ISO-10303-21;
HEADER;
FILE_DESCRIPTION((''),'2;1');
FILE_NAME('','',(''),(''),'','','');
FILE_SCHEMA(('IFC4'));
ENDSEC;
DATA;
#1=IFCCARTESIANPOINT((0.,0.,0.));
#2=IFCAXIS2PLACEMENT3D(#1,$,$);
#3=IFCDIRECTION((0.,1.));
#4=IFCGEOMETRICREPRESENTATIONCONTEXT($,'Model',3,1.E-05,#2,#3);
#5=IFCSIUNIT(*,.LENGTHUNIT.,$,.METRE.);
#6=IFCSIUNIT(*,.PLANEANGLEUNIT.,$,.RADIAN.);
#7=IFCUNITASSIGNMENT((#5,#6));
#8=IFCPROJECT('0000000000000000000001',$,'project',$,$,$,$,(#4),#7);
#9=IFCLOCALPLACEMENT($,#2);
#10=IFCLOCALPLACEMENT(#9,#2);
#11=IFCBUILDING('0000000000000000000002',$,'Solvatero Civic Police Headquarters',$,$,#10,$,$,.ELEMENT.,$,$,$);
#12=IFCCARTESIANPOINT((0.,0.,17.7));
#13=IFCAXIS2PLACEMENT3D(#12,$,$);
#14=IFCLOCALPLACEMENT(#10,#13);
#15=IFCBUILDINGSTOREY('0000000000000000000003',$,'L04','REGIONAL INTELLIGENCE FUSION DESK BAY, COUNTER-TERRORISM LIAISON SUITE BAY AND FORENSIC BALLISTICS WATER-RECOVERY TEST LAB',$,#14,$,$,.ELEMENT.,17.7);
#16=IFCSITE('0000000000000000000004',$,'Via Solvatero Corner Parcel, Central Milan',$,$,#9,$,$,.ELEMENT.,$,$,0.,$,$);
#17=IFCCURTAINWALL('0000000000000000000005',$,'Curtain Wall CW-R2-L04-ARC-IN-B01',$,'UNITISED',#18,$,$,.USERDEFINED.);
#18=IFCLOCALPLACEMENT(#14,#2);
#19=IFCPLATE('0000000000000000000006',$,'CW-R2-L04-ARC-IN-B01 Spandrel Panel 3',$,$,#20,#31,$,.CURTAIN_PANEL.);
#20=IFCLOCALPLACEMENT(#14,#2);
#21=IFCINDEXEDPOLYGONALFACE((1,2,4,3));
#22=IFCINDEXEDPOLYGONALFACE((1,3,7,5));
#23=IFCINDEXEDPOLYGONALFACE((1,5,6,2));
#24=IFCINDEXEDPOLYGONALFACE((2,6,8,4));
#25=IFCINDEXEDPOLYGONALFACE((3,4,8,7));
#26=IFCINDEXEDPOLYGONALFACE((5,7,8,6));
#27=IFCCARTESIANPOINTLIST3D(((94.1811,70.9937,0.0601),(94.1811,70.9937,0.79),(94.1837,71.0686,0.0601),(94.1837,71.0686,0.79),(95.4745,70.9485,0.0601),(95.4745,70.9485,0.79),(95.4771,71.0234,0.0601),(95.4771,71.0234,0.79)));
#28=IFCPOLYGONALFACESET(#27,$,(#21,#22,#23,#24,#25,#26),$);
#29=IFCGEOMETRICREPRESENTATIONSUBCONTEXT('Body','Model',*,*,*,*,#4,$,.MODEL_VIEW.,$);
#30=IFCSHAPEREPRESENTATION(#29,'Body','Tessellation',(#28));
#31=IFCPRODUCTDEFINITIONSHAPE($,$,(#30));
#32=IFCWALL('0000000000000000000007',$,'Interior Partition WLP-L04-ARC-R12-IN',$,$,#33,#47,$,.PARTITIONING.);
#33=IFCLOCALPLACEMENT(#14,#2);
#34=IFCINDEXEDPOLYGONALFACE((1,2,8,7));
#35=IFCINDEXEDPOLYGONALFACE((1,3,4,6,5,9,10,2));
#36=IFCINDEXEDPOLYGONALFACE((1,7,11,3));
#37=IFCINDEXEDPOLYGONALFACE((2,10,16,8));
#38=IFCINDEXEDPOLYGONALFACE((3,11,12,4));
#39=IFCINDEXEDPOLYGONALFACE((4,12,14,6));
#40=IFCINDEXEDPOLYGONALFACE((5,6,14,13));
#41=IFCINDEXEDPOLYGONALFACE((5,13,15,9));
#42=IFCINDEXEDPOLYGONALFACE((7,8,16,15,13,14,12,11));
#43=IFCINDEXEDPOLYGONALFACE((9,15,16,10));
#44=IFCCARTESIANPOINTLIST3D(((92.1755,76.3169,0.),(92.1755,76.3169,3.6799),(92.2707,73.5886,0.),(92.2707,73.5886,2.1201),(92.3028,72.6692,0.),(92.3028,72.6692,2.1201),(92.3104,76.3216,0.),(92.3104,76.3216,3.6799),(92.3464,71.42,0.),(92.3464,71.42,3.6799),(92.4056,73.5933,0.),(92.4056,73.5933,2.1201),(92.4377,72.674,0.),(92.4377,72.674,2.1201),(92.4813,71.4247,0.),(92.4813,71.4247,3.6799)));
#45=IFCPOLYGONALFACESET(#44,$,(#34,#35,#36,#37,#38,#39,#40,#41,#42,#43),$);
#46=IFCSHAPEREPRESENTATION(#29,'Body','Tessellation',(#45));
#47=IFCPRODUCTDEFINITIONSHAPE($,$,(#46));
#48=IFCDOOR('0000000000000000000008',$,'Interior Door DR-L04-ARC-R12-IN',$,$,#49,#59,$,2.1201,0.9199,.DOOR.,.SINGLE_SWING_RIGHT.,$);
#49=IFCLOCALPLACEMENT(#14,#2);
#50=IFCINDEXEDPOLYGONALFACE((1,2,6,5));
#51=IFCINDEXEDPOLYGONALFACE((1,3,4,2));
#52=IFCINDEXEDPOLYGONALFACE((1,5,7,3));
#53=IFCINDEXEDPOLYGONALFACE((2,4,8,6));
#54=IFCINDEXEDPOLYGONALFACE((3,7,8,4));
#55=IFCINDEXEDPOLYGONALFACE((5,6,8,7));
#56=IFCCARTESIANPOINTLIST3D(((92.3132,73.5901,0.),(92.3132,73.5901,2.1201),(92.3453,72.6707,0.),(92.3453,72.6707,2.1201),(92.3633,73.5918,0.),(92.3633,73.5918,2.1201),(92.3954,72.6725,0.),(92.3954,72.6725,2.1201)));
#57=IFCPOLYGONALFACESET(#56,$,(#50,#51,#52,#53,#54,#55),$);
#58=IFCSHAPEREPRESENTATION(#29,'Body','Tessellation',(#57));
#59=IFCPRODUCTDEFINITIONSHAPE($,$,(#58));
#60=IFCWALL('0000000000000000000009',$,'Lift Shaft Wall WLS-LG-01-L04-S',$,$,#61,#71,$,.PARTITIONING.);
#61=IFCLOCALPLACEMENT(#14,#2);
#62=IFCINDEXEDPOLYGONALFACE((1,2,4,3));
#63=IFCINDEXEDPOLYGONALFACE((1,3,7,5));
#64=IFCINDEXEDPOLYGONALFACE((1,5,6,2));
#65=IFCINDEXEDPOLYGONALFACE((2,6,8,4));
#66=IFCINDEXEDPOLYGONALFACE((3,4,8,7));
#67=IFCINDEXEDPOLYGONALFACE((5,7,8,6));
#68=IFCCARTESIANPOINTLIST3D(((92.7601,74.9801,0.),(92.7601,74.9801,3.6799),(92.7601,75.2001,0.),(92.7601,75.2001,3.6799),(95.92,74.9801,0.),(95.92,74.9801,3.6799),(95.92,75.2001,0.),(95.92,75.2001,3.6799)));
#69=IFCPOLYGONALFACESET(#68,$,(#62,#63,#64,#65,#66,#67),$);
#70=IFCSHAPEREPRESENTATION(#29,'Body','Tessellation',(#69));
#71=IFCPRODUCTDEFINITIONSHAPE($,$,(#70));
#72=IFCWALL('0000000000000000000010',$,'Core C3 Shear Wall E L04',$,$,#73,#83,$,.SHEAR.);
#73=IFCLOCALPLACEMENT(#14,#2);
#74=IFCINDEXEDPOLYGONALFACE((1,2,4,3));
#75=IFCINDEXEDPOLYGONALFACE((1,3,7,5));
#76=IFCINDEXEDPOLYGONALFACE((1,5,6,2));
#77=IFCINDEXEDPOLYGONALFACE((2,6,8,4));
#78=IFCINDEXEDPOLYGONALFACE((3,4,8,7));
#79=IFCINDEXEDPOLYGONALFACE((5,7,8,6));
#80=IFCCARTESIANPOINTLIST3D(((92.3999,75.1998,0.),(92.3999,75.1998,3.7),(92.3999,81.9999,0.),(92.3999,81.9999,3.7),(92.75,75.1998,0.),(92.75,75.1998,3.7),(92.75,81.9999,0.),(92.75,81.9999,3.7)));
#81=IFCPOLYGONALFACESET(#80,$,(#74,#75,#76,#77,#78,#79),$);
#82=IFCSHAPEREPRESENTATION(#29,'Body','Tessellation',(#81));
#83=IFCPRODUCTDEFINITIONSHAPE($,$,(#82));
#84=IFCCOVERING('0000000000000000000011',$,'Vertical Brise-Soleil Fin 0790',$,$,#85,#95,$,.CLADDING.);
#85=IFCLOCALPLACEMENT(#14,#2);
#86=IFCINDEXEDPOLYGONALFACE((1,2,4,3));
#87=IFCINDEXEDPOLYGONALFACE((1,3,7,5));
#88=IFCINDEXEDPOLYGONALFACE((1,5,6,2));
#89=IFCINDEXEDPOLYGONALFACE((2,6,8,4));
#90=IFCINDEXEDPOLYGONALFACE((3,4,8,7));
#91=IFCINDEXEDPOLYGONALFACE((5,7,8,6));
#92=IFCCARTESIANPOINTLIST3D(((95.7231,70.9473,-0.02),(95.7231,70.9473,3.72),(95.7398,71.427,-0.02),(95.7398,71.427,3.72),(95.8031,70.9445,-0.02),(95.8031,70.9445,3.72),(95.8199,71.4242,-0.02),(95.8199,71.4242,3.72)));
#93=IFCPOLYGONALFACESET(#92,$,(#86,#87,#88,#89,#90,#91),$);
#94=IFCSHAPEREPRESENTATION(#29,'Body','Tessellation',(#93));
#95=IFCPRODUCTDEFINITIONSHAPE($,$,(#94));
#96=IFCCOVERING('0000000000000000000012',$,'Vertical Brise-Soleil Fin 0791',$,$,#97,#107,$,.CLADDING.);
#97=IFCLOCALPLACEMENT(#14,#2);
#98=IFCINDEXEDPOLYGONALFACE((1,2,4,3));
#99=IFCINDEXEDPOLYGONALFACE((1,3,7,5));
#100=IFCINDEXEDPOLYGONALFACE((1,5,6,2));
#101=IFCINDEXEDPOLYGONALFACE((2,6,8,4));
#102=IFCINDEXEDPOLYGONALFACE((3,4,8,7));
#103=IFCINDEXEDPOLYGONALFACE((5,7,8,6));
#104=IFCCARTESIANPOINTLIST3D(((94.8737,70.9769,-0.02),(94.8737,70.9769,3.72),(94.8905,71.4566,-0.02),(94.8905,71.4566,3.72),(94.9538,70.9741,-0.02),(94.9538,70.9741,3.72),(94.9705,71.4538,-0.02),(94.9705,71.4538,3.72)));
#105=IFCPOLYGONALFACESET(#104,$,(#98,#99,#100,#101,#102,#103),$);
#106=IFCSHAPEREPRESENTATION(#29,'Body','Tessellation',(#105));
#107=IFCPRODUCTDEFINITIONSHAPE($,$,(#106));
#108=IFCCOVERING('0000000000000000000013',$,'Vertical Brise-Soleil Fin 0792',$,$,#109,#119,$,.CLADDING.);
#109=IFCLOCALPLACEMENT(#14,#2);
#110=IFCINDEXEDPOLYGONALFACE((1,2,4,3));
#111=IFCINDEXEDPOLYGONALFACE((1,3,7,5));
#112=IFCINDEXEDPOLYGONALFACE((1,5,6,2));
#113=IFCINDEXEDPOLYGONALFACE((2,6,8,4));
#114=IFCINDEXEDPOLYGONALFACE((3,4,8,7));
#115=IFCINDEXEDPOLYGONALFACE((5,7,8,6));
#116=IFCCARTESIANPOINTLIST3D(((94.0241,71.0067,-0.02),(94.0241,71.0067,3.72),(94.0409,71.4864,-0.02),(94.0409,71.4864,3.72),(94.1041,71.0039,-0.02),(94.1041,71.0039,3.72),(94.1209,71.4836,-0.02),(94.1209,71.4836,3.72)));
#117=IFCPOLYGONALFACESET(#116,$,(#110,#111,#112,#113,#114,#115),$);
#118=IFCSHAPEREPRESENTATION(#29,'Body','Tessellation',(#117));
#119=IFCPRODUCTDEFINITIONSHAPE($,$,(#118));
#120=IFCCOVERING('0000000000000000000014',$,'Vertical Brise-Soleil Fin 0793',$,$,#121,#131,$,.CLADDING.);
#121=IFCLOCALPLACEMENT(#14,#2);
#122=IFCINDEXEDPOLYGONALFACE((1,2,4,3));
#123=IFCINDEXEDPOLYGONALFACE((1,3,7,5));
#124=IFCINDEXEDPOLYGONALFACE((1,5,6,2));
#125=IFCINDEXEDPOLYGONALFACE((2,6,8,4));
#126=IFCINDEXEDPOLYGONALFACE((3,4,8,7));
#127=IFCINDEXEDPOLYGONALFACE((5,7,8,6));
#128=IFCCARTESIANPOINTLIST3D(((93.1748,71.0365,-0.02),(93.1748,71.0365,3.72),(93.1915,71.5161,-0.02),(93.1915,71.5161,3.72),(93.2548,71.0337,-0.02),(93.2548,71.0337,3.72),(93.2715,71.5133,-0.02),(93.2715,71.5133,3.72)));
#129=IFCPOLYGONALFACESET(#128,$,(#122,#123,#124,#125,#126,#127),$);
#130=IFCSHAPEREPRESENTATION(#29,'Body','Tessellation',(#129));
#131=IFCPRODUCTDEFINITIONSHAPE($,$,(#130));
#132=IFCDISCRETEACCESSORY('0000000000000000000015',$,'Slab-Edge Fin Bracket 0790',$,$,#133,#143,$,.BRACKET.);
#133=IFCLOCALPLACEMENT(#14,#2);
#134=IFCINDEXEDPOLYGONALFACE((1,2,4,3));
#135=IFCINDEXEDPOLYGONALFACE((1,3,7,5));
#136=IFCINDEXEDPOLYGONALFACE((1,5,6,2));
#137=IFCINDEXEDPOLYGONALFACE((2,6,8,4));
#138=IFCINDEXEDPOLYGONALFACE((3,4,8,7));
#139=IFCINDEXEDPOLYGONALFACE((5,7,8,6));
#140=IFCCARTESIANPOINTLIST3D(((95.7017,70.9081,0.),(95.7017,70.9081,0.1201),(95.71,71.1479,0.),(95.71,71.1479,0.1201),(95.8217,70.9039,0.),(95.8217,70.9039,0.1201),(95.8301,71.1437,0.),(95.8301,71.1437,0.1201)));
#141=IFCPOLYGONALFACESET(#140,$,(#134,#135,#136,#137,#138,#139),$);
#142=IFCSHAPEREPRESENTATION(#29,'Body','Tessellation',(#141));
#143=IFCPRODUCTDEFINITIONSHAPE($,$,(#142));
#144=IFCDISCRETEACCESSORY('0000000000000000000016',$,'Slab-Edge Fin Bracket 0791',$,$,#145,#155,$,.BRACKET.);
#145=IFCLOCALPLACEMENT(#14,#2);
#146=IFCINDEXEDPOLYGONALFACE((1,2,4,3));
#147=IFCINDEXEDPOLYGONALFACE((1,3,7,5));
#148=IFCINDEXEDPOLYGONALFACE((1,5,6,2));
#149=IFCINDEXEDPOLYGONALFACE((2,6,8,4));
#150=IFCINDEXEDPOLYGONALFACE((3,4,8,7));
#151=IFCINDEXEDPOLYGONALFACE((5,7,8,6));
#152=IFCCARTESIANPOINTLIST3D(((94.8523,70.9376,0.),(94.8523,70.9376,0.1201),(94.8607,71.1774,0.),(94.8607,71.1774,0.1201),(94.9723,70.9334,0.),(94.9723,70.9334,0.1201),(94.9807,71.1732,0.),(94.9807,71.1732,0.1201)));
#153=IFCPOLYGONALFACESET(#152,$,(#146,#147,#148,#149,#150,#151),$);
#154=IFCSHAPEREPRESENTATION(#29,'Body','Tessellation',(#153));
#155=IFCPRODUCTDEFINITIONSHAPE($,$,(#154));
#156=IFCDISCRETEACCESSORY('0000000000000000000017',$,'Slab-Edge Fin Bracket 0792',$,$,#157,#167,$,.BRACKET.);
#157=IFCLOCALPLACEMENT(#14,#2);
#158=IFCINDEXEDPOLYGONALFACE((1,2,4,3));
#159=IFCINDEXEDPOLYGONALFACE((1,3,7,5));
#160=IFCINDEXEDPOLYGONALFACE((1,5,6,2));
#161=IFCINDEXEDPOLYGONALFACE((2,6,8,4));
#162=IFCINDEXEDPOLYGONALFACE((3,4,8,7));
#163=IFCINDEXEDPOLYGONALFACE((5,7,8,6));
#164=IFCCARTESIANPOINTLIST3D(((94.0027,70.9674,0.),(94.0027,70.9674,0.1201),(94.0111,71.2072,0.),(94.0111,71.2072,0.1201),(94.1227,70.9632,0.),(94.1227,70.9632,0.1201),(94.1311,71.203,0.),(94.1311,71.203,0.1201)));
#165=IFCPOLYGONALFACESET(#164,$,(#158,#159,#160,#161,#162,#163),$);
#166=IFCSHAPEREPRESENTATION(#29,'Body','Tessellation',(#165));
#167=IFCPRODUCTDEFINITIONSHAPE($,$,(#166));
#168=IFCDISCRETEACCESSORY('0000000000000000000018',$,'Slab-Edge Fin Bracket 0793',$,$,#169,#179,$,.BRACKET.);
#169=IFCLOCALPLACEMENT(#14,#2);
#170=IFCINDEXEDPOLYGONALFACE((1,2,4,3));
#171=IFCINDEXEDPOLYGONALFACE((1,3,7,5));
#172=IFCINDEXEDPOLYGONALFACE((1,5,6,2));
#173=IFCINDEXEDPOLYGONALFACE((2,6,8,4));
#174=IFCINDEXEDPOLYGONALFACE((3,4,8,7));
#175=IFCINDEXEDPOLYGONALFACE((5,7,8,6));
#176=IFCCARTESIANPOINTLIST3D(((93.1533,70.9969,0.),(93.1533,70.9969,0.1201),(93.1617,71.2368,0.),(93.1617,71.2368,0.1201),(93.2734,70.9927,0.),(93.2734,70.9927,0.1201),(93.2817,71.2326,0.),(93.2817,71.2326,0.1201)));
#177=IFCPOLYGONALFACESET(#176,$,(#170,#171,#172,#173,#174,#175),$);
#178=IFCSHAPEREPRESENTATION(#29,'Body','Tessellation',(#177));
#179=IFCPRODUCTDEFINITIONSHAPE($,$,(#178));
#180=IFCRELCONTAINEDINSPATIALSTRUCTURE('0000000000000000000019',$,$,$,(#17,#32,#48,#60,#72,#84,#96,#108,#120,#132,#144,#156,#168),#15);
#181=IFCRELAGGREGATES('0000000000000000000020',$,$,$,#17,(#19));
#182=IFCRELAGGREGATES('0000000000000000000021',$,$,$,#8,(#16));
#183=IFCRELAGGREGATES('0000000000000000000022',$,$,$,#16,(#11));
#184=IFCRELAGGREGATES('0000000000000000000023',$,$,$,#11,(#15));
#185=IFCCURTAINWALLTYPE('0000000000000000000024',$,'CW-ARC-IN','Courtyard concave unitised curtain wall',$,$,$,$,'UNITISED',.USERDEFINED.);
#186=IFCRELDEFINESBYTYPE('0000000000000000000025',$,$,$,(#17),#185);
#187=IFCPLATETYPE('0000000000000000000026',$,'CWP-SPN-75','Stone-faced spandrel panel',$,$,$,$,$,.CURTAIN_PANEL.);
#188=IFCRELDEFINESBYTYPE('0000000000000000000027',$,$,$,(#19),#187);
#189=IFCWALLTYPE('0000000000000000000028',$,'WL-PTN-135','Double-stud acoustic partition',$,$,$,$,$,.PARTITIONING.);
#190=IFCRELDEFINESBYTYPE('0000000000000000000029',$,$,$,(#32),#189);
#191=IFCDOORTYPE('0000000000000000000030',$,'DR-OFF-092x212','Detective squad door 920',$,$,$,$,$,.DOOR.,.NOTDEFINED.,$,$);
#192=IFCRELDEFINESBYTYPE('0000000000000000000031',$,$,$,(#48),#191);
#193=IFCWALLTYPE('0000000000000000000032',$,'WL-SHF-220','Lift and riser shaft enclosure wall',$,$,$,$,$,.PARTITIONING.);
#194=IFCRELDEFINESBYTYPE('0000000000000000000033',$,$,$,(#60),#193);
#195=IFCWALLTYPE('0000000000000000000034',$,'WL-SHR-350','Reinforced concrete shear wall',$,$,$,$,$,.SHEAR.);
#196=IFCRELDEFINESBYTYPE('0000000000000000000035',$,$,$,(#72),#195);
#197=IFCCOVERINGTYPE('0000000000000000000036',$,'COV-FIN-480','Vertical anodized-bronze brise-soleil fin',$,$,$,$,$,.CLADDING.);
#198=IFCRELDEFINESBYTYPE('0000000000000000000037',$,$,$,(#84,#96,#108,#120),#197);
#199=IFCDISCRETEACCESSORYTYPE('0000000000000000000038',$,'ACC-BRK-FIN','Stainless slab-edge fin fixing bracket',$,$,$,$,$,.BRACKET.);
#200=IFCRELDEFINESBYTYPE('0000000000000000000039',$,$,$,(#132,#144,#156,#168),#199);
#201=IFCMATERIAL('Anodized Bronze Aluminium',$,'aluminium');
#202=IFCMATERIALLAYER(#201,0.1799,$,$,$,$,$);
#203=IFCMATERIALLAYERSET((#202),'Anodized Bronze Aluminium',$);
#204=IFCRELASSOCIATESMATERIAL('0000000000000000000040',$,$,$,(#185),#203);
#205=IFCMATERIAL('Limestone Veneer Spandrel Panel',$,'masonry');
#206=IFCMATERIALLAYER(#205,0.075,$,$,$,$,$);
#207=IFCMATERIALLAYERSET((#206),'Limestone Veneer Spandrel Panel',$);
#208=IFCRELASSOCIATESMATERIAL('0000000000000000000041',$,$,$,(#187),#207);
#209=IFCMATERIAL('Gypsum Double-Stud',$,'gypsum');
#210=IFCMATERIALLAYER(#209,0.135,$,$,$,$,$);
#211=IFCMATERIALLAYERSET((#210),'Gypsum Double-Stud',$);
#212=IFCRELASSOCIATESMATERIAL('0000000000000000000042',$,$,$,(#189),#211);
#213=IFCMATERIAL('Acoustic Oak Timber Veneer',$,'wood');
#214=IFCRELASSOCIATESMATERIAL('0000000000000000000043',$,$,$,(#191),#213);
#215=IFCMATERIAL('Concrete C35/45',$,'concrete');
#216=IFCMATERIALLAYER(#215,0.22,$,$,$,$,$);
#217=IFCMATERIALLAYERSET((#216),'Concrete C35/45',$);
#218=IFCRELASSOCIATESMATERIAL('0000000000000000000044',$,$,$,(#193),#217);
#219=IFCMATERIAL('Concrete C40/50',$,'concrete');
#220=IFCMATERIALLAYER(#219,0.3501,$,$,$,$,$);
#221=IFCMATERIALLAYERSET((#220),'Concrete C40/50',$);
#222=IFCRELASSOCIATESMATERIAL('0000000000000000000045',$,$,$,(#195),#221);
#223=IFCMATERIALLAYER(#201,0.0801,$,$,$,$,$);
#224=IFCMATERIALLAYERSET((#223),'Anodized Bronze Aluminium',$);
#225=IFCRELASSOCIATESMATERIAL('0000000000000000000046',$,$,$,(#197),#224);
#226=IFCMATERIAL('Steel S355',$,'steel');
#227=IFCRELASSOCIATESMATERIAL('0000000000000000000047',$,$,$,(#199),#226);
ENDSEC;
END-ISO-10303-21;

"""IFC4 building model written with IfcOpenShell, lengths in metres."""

from ifc_helpers import new_model, si_unit, direction, frame, frame_2d, origin, origin_2d, place, context, subcontext, project, spatial, rectangle, extrude, material, layer, layer_set, type_object, element, fill, aggregate, save


model = new_model("IFC4")

# Units and contexts
model_context = context("Model", 3, precision=1e-05, world=origin(), true_north=direction((0.0, 1.0)))
body_context = subcontext(model_context, "Body", "Model", "MODEL_VIEW")
ifc_project = project(units=[si_unit("LENGTHUNIT", "METRE"), si_unit("PLANEANGLEUNIT", "RADIAN")], contexts=[model_context])

# Site, building, storey
site_placement = place(None, origin())
site = spatial("IfcSite", under=ifc_project, at=site_placement, Name="Via Solvatero Corner Parcel, Central Milan", CompositionType="ELEMENT", RefElevation=0.0)
building_placement = place(site_placement, origin())
building = spatial("IfcBuilding", under=site, at=building_placement, Name="Solvatero Civic Police Headquarters", CompositionType="ELEMENT")
storey_placement = place(building_placement, frame((0.0, 0.0, 17.7)))
storey = spatial("IfcBuildingStorey", under=building, at=storey_placement, Name="L04", Description="REGIONAL INTELLIGENCE FUSION DESK BAY, COUNTER-TERRORISM LIAISON SUITE BAY AND FORENSIC BALLISTICS WATER-RECOVERY TEST LAB", CompositionType="ELEMENT", Elevation=17.7)

# Shared definitions
ifc_material_1 = material(Name="Steel S355", Category="steel")

# Curtain wall, plate
ifc_material_2 = material(Name="Anodized Bronze Aluminium", Category="aluminium")
ifc_layer_1 = layer(ifc_material_2, 0.1799)
ifc_layer_set_1 = layer_set([ifc_layer_1], Name="Anodized Bronze Aluminium")
curtain_wall_type = type_object("IfcCurtainWallType", Name="CW-ARC-IN", Description="Courtyard concave unitised curtain wall", ElementType="UNITISED", PredefinedType="USERDEFINED", material=ifc_layer_set_1)
curtain_wall_placement = place(storey_placement, origin())
curtain_wall = element("IfcCurtainWall", 1, at=curtain_wall_placement, inside=storey, type_object=curtain_wall_type, Name="Curtain Wall CW-R2-L04-ARC-IN-B01", ObjectType="UNITISED", PredefinedType="USERDEFINED")
ifc_material_3 = material(Name="Limestone Veneer Spandrel Panel", Category="masonry")
ifc_layer_2 = layer(ifc_material_3, 0.075)
ifc_layer_set_2 = layer_set([ifc_layer_2], Name="Limestone Veneer Spandrel Panel")
plate_type_1 = type_object("IfcPlateType", Name="CWP-SPN-75", Description="Stone-faced spandrel panel", PredefinedType="CURTAIN_PANEL", material=ifc_layer_set_2)
plate_1_placement = place(storey_placement, frame((94.8291, 71.0085, 0.0601), z_axis=(0.0, 0.0, 1.0), x_axis=(-0.999391, 0.034899, 0.0)))
plate_1 = element("IfcPlate", 2, at=plate_1_placement, type_object=plate_type_1, Name="CW-R2-L04-ARC-IN-B01 Spandrel Panel 3", PredefinedType="CURTAIN_PANEL", context=body_context, shape_type="SweptSolid", body=[
    extrude(rectangle(XDim=1.2942, YDim=0.075, at=origin_2d()), origin(), (0.0, 0.0, 1.0), 0.73),
])
aggregate(curtain_wall, [plate_1])

# Wall, opening, door
ifc_material_4 = material(Name="Gypsum Double-Stud", Category="gypsum")
ifc_layer_3 = layer(ifc_material_4, 0.135)
ifc_layer_set_3 = layer_set([ifc_layer_3], Name="Gypsum Double-Stud")
wall_type_1 = type_object("IfcWallType", Name="WL-PTN-135", Description="Double-stud acoustic partition", PredefinedType="PARTITIONING", material=ifc_layer_set_3)
wall_1_placement = place(storey_placement, frame((92.4138, 71.4224, 0.0), z_axis=(0.0, 0.0, 1.0), x_axis=(-0.034878, 0.999392, 0.0)))
wall_1 = element("IfcWall", 3, at=wall_1_placement, inside=storey, type_object=wall_type_1, Name="Interior Partition WLP-L04-ARC-R12-IN", PredefinedType="PARTITIONING", context=body_context, shape_type="SweptSolid", body=[
    extrude(rectangle(XDim=4.8999, YDim=0.135, at=frame_2d((2.45, 0.0))), origin(), (0.0, 0.0, 1.0), 3.6799),
])
opening_placement = place(wall_1_placement, frame((1.25, 0.0, 0.0)))
opening = element("IfcOpeningElement", 4, at=opening_placement, cuts=wall_1, PredefinedType="OPENING", context=body_context, shape_type="SweptSolid", body=[
    extrude(rectangle(XDim=0.9199, YDim=2.1201, at=frame_2d((0.46, 1.0601))), frame((0.0, 0.0774, 0.0), z_axis=(0.0, -1.0, 0.0), x_axis=(1.0, 0.0, 0.0)), (0.0, 0.0, 1.0), 0.155),
])
ifc_material_5 = material(Name="Acoustic Oak Timber Veneer", Category="wood")
door_type = type_object("IfcDoorType", Name="DR-OFF-092x212", Description="Detective squad door 920", OperationType="NOTDEFINED", PredefinedType="DOOR", material=ifc_material_5)
door_placement = place(opening_placement, origin())
door = element("IfcDoor", 5, at=door_placement, inside=storey, type_object=door_type, Name="Interior Door DR-L04-ARC-R12-IN", OperationType="SINGLE_SWING_RIGHT", OverallHeight=2.1201, OverallWidth=0.9199, PredefinedType="DOOR", context=body_context, shape_type="SweptSolid", body=[
    extrude(rectangle(XDim=0.9199, YDim=2.1201, at=frame_2d((0.46, 1.0601))), frame((0.0, 0.0249, 0.0), z_axis=(0.0, -1.0, 0.0), x_axis=(1.0, 0.0, 0.0)), (0.0, 0.0, 1.0), 0.05),
])
fill(opening, door)

# Walls
ifc_material_6 = material(Name="Concrete C35/45", Category="concrete")
ifc_layer_4 = layer(ifc_material_6, 0.22)
ifc_layer_set_4 = layer_set([ifc_layer_4], Name="Concrete C35/45")
wall_type_2 = type_object("IfcWallType", Name="WL-SHF-220", Description="Lift and riser shaft enclosure wall", PredefinedType="PARTITIONING", material=ifc_layer_set_4)
wall_2_placement = place(storey_placement, frame((92.76, 75.0901, 0.0), z_axis=(0.0, 0.0, 1.0), x_axis=(1.0, 0.0, 0.0)))
element("IfcWall", 6, at=wall_2_placement, inside=storey, type_object=wall_type_2, Name="Lift Shaft Wall WLS-LG-01-L04-S", PredefinedType="PARTITIONING", context=body_context, shape_type="SweptSolid", body=[
    extrude(rectangle(XDim=3.1599, YDim=0.22, at=frame_2d((1.5801, 0.0))), origin(), (0.0, 0.0, 1.0), 3.6799),
])
ifc_material_7 = material(Name="Concrete C40/50", Category="concrete")
ifc_layer_5 = layer(ifc_material_7, 0.3501)
ifc_layer_set_5 = layer_set([ifc_layer_5], Name="Concrete C40/50")
wall_type_3 = type_object("IfcWallType", Name="WL-SHR-350", Description="Reinforced concrete shear wall", PredefinedType="SHEAR", material=ifc_layer_set_5)
wall_3_placement = place(storey_placement, frame((92.575, 75.2, 0.0), z_axis=(0.0, 0.0, 1.0), x_axis=(0.0, 1.0, 0.0)))
element("IfcWall", 7, at=wall_3_placement, inside=storey, type_object=wall_type_3, Name="Core C3 Shear Wall E L04", PredefinedType="SHEAR", context=body_context, shape_type="SweptSolid", body=[
    extrude(rectangle(XDim=6.8, YDim=0.3501, at=frame_2d((3.3999, 0.0))), origin(), (0.0, 0.0, 1.0), 3.7),
])

# Coverings
ifc_layer_6 = layer(ifc_material_2, 0.0801)
ifc_layer_set_6 = layer_set([ifc_layer_6], Name="Anodized Bronze Aluminium")
covering_type = type_object("IfcCoveringType", Name="COV-FIN-480", Description="Vertical anodized-bronze brise-soleil fin", PredefinedType="CLADDING", material=ifc_layer_set_6)
for number, where, z_axis, x_axis, name in (
    (8, (95.7715, 71.1858, -0.02), (0.0, 0.0, 1.0), (-0.999391, 0.034899, 0.0), "Vertical Brise-Soleil Fin 0790"),
    (9, (94.9221, 71.2153, -0.02), (0.0, 0.0, 1.0), (-0.999391, 0.034899, 0.0), "Vertical Brise-Soleil Fin 0791"),
    (10, (94.0725, 71.2451, -0.02), (0.0, 0.0, 1.0), (-0.999391, 0.034899, 0.0), "Vertical Brise-Soleil Fin 0792"),
    (11, (93.2231, 71.2749, -0.02), (0.0, 0.0, 1.0), (-0.999391, 0.034899, 0.0), "Vertical Brise-Soleil Fin 0793"),
):
    element("IfcCovering", number, at=place(storey_placement, frame(where, z_axis=z_axis, x_axis=x_axis)), inside=storey, type_object=covering_type, Name=name, PredefinedType="CLADDING", context=body_context, shape_type="SweptSolid", body=[
        extrude(rectangle(XDim=0.0801, YDim=0.48, at=origin_2d()), origin(), (0.0, 0.0, 1.0), 3.74),
    ])

# Discrete accessories
discrete_accessory_type = type_object("IfcDiscreteAccessoryType", Name="ACC-BRK-FIN", Description="Stainless slab-edge fin fixing bracket", PredefinedType="BRACKET", material=ifc_material_1)
for number, where, z_axis, x_axis, name in (
    (12, (95.7659, 71.0259, 0.0), (0.0, 0.0, 1.0), (-0.999391, 0.034899, 0.0), "Slab-Edge Fin Bracket 0790"),
    (13, (94.9165, 71.0554, 0.0), (0.0, 0.0, 1.0), (-0.999391, 0.034899, 0.0), "Slab-Edge Fin Bracket 0791"),
    (14, (94.0669, 71.0852, 0.0), (0.0, 0.0, 1.0), (-0.999391, 0.034899, 0.0), "Slab-Edge Fin Bracket 0792"),
    (15, (93.2175, 71.1147, 0.0), (0.0, 0.0, 1.0), (-0.999391, 0.034899, 0.0), "Slab-Edge Fin Bracket 0793"),
):
    element("IfcDiscreteAccessory", number, at=place(storey_placement, frame(where, z_axis=z_axis, x_axis=x_axis)), inside=storey, type_object=discrete_accessory_type, Name=name, PredefinedType="BRACKET", context=body_context, shape_type="SweptSolid", body=[
        extrude(rectangle(XDim=0.1201, YDim=0.24, at=origin_2d()), origin(), (0.0, 0.0, 1.0), 0.1201),
    ])

save(model, "model.ifc")
